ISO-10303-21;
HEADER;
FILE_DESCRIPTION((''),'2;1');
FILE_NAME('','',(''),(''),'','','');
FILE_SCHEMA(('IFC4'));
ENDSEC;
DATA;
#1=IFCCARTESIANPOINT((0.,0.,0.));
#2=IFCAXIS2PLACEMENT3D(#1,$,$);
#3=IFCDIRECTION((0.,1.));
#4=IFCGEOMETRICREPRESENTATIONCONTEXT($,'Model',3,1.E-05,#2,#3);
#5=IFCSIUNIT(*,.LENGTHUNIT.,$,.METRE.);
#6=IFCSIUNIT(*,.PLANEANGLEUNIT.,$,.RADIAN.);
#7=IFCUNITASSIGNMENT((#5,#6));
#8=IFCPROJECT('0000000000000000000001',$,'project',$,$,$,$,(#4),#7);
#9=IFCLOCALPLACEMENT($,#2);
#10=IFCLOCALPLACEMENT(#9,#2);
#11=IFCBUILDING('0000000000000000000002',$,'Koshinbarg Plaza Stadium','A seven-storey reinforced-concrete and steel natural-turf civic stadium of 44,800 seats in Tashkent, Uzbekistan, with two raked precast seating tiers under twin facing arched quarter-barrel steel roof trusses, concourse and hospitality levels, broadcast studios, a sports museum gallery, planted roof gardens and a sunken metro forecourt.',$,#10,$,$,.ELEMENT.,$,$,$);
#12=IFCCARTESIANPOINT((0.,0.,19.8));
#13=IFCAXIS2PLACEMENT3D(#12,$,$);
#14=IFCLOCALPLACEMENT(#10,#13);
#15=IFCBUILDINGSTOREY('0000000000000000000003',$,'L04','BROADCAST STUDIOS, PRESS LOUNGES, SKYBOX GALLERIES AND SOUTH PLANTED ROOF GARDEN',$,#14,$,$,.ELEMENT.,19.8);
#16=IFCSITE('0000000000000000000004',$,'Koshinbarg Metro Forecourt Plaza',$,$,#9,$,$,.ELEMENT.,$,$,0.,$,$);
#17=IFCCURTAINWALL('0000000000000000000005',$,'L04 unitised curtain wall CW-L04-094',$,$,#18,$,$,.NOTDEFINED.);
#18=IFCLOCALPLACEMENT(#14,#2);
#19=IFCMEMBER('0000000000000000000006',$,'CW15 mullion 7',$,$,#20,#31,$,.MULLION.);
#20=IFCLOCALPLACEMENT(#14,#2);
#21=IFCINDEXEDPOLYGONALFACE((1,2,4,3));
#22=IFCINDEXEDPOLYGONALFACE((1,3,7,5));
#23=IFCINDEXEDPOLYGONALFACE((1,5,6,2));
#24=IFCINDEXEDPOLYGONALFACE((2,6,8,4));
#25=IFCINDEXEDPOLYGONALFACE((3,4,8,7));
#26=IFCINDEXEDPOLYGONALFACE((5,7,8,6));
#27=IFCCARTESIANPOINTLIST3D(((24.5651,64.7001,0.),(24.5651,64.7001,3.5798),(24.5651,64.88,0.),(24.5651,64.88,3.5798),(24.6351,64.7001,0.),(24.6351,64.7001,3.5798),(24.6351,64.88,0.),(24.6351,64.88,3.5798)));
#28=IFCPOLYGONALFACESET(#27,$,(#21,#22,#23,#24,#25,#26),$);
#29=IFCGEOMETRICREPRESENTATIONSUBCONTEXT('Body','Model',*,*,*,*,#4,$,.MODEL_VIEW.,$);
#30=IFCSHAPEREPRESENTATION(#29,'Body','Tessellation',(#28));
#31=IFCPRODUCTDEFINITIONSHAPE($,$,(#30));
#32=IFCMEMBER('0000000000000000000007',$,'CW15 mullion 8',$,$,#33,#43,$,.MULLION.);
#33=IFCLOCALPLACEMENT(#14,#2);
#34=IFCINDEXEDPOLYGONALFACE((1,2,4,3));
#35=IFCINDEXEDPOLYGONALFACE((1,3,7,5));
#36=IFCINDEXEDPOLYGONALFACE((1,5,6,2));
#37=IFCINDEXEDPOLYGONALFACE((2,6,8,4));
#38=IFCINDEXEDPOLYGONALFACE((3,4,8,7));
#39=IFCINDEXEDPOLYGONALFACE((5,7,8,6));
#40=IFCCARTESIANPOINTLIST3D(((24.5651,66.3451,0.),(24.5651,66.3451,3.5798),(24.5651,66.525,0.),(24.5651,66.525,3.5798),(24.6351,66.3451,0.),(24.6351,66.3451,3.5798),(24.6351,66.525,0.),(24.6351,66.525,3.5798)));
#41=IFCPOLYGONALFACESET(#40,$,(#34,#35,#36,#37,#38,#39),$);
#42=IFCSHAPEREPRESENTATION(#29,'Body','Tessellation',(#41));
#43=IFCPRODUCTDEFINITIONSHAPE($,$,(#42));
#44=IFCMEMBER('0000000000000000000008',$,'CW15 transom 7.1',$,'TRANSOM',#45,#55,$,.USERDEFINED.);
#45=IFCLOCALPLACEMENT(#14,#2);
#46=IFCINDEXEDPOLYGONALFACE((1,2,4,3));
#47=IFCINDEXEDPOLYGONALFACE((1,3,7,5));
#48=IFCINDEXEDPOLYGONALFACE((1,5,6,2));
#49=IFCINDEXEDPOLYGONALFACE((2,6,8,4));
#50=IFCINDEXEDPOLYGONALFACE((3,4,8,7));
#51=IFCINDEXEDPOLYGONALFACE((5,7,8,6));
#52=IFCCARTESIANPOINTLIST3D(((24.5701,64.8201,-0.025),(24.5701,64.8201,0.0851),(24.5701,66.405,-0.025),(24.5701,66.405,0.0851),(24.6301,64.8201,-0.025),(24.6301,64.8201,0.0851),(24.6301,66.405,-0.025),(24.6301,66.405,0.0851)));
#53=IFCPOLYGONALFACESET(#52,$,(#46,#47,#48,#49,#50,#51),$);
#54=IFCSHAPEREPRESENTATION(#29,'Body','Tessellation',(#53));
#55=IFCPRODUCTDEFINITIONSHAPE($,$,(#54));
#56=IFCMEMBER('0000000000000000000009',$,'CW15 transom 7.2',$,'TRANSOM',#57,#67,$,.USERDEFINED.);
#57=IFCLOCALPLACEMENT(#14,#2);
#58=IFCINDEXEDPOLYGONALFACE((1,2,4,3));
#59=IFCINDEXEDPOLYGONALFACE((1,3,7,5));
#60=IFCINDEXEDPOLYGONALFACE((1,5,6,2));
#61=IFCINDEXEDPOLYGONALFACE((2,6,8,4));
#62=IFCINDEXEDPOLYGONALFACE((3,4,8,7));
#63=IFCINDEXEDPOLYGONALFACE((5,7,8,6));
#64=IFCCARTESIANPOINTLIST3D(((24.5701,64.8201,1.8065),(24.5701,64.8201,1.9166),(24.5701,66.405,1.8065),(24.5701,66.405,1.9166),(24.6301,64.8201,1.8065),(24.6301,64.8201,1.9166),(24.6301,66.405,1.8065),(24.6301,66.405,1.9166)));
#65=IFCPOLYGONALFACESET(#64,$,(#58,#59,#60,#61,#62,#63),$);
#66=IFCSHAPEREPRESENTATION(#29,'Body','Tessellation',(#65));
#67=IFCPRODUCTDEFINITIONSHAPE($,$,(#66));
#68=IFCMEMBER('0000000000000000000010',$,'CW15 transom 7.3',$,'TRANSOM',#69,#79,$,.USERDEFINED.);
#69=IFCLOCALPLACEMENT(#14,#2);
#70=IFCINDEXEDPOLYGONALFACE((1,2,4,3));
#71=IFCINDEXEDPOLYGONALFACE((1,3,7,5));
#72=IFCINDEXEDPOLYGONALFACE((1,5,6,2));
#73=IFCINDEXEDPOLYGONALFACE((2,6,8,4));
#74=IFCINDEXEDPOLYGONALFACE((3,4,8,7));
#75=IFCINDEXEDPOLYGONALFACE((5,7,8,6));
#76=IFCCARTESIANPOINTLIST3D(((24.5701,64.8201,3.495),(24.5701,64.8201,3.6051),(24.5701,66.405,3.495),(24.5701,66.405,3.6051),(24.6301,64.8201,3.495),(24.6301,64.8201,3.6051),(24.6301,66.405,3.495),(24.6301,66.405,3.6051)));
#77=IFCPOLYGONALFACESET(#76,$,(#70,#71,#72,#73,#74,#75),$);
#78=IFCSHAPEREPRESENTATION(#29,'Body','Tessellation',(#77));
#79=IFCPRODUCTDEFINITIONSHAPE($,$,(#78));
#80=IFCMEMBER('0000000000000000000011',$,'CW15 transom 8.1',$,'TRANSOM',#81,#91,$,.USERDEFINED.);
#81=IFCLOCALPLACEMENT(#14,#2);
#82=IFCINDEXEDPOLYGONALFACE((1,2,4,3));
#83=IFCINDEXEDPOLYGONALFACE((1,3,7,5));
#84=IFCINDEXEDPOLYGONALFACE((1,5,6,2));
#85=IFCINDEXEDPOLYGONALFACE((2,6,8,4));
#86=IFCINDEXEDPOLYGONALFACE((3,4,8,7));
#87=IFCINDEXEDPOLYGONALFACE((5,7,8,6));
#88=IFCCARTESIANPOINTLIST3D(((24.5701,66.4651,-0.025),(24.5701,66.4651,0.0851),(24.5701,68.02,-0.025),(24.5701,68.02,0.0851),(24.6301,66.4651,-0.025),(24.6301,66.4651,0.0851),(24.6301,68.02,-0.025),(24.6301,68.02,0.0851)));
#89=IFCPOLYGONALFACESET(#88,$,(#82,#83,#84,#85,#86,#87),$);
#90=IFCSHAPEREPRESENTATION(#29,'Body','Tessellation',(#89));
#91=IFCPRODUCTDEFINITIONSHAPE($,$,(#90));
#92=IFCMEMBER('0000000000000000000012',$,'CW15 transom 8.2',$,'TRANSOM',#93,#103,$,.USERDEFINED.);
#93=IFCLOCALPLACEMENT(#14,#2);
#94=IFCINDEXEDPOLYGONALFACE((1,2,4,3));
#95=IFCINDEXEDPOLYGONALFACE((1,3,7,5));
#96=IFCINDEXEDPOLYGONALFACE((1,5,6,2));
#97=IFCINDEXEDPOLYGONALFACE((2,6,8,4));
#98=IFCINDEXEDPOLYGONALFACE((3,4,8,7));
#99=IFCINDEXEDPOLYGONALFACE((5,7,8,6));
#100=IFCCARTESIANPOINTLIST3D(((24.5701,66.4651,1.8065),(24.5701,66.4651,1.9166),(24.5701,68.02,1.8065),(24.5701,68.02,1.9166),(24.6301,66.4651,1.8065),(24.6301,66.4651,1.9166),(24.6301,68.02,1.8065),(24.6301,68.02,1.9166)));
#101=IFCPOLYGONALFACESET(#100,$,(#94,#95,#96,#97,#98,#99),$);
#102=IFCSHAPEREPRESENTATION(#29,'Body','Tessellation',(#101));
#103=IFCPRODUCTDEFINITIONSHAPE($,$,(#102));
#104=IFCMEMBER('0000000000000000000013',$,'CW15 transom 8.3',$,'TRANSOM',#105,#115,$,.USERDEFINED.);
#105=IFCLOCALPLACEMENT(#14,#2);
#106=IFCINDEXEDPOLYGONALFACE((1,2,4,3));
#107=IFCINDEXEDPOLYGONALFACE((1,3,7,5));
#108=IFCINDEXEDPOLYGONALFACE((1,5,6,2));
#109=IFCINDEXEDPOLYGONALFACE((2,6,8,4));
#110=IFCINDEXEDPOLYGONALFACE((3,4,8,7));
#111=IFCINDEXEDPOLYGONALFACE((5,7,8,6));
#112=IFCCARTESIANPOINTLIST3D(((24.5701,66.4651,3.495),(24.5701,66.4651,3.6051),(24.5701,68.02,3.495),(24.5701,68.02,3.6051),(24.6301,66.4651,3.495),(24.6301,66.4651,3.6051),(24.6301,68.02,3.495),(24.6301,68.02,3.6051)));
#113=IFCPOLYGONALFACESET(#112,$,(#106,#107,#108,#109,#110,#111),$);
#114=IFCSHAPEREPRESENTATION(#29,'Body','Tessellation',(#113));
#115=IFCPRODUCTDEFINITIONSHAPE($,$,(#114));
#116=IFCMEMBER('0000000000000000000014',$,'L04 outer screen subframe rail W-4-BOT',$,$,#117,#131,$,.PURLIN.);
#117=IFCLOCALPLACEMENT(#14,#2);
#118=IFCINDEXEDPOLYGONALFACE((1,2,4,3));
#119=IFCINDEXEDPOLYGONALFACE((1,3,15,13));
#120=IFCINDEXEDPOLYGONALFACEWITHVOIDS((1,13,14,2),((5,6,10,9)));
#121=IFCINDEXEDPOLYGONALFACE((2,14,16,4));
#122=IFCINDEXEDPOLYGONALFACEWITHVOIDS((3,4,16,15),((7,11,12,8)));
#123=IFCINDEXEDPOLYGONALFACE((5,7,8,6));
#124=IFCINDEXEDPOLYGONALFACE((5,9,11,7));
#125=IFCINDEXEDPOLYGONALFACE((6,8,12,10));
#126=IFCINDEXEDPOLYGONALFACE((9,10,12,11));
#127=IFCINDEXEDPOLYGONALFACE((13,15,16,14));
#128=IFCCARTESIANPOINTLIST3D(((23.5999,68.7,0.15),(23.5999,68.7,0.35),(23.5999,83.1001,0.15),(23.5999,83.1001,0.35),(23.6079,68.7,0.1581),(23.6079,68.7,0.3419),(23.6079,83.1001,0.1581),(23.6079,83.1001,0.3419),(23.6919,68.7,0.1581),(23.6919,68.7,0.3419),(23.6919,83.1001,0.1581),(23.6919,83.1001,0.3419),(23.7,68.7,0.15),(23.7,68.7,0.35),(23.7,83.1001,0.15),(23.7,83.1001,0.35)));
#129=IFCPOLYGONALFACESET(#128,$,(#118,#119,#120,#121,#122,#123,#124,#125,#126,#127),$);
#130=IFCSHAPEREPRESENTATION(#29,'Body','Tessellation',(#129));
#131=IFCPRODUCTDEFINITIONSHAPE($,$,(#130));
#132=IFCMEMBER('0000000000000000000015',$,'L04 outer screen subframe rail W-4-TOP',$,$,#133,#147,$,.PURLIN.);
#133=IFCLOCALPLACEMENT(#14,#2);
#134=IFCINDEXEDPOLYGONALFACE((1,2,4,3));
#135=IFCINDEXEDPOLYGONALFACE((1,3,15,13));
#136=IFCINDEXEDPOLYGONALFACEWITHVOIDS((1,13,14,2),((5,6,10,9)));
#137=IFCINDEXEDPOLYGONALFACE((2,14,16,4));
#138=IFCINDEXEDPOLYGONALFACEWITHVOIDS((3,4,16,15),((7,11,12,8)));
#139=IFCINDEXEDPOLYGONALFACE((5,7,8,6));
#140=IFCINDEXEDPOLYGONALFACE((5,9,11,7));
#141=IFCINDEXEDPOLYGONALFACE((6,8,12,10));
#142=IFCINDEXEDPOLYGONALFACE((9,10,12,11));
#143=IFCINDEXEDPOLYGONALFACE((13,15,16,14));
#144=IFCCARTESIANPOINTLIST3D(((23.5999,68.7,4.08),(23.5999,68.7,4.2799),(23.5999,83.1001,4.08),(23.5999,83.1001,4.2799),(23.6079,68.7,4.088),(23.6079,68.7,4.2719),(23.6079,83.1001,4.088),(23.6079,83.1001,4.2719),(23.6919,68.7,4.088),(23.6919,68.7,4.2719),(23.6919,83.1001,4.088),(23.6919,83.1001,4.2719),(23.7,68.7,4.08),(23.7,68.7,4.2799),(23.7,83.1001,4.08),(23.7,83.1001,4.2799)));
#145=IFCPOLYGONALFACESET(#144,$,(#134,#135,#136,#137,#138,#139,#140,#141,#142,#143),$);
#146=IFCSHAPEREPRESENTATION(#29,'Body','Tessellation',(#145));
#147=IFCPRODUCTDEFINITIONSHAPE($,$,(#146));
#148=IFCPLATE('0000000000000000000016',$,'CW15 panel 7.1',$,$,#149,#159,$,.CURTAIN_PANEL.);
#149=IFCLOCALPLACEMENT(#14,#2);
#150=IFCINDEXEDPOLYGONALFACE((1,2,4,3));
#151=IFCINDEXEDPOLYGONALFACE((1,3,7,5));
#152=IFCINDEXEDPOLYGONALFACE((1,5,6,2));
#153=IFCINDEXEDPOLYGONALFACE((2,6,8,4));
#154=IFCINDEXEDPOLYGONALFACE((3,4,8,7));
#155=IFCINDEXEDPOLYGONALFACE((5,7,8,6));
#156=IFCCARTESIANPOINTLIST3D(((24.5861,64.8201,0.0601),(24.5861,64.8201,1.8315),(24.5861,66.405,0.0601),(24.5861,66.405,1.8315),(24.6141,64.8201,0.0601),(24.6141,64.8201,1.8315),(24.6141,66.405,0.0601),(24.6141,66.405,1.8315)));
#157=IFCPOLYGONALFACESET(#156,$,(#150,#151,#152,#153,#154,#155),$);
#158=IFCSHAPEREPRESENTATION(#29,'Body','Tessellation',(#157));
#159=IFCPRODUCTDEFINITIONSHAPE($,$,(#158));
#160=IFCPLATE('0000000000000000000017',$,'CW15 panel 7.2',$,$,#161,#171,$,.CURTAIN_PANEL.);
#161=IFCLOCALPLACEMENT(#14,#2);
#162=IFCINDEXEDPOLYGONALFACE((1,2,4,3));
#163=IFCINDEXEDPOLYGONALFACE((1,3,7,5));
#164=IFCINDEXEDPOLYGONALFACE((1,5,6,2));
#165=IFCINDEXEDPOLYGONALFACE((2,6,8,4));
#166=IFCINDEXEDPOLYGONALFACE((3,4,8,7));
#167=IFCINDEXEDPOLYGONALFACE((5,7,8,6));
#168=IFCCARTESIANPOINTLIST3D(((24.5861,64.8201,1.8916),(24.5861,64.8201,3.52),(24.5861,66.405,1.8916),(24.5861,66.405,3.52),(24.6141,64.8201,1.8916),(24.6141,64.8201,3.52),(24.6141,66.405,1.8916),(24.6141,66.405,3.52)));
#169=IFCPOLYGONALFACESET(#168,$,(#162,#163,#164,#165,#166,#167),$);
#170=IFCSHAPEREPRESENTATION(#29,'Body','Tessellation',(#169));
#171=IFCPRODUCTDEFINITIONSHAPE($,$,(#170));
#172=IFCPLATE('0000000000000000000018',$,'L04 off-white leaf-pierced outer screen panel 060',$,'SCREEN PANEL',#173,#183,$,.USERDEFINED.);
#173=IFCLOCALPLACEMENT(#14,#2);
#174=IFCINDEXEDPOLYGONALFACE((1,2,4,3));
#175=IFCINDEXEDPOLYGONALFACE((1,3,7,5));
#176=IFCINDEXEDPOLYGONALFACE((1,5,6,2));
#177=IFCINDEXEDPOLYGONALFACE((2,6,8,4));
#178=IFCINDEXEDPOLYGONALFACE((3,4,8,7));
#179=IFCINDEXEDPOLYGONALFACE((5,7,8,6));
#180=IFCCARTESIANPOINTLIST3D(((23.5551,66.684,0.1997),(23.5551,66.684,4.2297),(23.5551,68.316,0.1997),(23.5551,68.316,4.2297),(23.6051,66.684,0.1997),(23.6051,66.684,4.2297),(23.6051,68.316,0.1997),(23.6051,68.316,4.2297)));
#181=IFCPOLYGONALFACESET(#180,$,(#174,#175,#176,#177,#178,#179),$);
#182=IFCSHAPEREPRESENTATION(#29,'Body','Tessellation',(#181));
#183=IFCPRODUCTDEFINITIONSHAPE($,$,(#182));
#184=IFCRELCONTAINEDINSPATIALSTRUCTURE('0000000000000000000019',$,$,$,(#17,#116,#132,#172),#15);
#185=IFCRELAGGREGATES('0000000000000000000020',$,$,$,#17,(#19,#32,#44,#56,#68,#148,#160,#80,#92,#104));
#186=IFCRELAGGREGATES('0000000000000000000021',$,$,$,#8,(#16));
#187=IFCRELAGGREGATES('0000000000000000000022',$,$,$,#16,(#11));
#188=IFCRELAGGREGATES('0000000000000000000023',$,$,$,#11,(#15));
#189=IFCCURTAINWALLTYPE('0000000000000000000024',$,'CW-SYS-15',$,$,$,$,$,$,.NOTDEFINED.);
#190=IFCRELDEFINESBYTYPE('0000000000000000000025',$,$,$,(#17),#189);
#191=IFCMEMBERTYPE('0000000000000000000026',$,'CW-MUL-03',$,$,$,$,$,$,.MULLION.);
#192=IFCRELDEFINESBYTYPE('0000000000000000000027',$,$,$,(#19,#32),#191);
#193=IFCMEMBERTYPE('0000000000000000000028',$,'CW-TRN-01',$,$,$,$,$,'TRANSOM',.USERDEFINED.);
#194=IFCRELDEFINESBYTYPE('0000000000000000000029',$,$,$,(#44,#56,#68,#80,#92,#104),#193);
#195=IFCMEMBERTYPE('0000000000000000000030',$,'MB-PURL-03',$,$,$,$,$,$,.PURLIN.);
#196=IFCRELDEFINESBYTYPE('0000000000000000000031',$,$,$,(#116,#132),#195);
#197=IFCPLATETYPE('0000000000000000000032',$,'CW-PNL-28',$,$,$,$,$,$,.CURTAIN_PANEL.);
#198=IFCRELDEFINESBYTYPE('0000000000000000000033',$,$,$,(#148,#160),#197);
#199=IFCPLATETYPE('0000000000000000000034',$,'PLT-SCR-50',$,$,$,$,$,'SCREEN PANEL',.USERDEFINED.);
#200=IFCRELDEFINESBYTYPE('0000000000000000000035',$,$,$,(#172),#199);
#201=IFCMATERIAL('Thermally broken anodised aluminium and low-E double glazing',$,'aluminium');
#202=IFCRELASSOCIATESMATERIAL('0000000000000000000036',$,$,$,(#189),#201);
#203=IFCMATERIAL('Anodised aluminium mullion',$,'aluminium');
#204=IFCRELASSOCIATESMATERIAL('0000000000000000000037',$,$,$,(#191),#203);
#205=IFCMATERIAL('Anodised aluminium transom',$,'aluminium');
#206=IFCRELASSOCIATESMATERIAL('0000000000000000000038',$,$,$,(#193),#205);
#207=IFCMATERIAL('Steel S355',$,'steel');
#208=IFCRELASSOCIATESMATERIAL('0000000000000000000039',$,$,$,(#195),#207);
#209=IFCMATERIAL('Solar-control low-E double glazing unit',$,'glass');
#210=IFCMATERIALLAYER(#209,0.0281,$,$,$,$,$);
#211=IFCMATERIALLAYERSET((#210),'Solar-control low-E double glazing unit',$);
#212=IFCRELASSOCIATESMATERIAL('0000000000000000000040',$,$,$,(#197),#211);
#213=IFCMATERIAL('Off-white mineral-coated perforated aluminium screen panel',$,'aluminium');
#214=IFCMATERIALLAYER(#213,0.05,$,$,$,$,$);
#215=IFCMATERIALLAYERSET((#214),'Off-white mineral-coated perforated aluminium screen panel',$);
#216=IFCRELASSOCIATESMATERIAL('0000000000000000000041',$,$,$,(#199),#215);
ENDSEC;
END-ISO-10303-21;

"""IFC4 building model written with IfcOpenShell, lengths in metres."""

from ifc_helpers import new_model, si_unit, direction, frame, origin, origin_2d, place, context, subcontext, project, spatial, rectangle, hollow_rectangle, extrude, material, layer, layer_set, material_profile, profile_set, type_object, element, aggregate, save


model = new_model("IFC4")

# Units and contexts
model_context = context("Model", 3, precision=1e-05, world=origin(), true_north=direction((0.0, 1.0)))
body_context = subcontext(model_context, "Body", "Model", "MODEL_VIEW")
ifc_project = project(units=[si_unit("LENGTHUNIT", "METRE"), si_unit("PLANEANGLEUNIT", "RADIAN")], contexts=[model_context])

# Site, building, storey
site_placement = place(None, origin())
site = spatial("IfcSite", under=ifc_project, at=site_placement, Name="Koshinbarg Metro Forecourt Plaza", CompositionType="ELEMENT", RefElevation=0.0)
building_placement = place(site_placement, origin())
building = spatial("IfcBuilding", under=site, at=building_placement, Name="Koshinbarg Plaza Stadium", Description="A seven-storey reinforced-concrete and steel natural-turf civic stadium of 44,800 seats in Tashkent, Uzbekistan, with two raked precast seating tiers under twin facing arched quarter-barrel steel roof trusses, concourse and hospitality levels, broadcast studios, a sports museum gallery, planted roof gardens and a sunken metro forecourt.", CompositionType="ELEMENT")
storey_placement = place(building_placement, frame((0.0, 0.0, 19.8)))
storey = spatial("IfcBuildingStorey", under=building, at=storey_placement, Name="L04", Description="BROADCAST STUDIOS, PRESS LOUNGES, SKYBOX GALLERIES AND SOUTH PLANTED ROOF GARDEN", CompositionType="ELEMENT", Elevation=19.8)

# Curtain wall, members
ifc_material_1 = material(Name="Thermally broken anodised aluminium and low-E double glazing", Category="aluminium")
curtain_wall_type = type_object("IfcCurtainWallType", Name="CW-SYS-15", PredefinedType="NOTDEFINED", material=ifc_material_1)
curtain_wall_placement = place(storey_placement, origin())
curtain_wall = element("IfcCurtainWall", 1, at=curtain_wall_placement, inside=storey, type_object=curtain_wall_type, Name="L04 unitised curtain wall CW-L04-094", PredefinedType="NOTDEFINED")
ifc_material_2 = material(Name="Anodised aluminium mullion", Category="aluminium")
ifc_material_profile_1 = material_profile(ifc_material_2, rectangle(XDim=0.0701, YDim=0.1799, at=origin_2d()), Name="ALU 70x180")
ifc_profile_set_1 = profile_set([ifc_material_profile_1], Name="Anodised aluminium mullion")
member_type_1 = type_object("IfcMemberType", Name="CW-MUL-03", PredefinedType="MULLION", material=ifc_profile_set_1)
member_1_placement = place(storey_placement, frame((24.6001, 64.79, 0.0), z_axis=(0.0, 0.0, 1.0), x_axis=(-1.0, 0.0, 0.0)))
member_1 = element("IfcMember", 2, at=member_1_placement, type_object=member_type_1, Name="CW15 mullion 7", PredefinedType="MULLION", context=body_context, shape_type="SweptSolid", body=[
    extrude(rectangle(XDim=0.0701, YDim=0.1799, at=origin_2d()), origin(), (0.0, 0.0, 1.0), 3.5798),
])
member_2_placement = place(storey_placement, frame((24.6001, 66.4351, 0.0), z_axis=(0.0, 0.0, 1.0), x_axis=(-1.0, 0.0, 0.0)))
member_2 = element("IfcMember", 3, at=member_2_placement, type_object=member_type_1, Name="CW15 mullion 8", PredefinedType="MULLION", context=body_context, shape_type="SweptSolid", body=[
    extrude(rectangle(XDim=0.0701, YDim=0.1799, at=origin_2d()), origin(), (0.0, 0.0, 1.0), 3.5798),
])
ifc_material_3 = material(Name="Anodised aluminium transom", Category="aluminium")
ifc_material_profile_2 = material_profile(ifc_material_3, rectangle(XDim=0.0601, YDim=0.1101, at=origin_2d()), Name="ALU 60x110")
ifc_profile_set_2 = profile_set([ifc_material_profile_2], Name="Anodised aluminium transom")
member_type_2 = type_object("IfcMemberType", Name="CW-TRN-01", ElementType="TRANSOM", PredefinedType="USERDEFINED", material=ifc_profile_set_2)
member_3_placement = place(storey_placement, frame((24.6001, 64.8201, 0.03), z_axis=(0.0, 1.0, 0.0), x_axis=(-1.0, 0.0, 0.0)))
member_3 = element("IfcMember", 4, at=member_3_placement, type_object=member_type_2, Name="CW15 transom 7.1", ObjectType="TRANSOM", PredefinedType="USERDEFINED", context=body_context, shape_type="SweptSolid", body=[
    extrude(rectangle(XDim=0.0601, YDim=0.1101, at=origin_2d()), origin(), (0.0, 0.0, 1.0), 1.585),
])
member_4_placement = place(storey_placement, frame((24.6001, 64.8201, 1.8616), z_axis=(0.0, 1.0, 0.0), x_axis=(-1.0, 0.0, 0.0)))
member_4 = element("IfcMember", 5, at=member_4_placement, type_object=member_type_2, Name="CW15 transom 7.2", ObjectType="TRANSOM", PredefinedType="USERDEFINED", context=body_context, shape_type="SweptSolid", body=[
    extrude(rectangle(XDim=0.0601, YDim=0.1101, at=origin_2d()), origin(), (0.0, 0.0, 1.0), 1.585),
])
member_5_placement = place(storey_placement, frame((24.6001, 64.8201, 3.55), z_axis=(0.0, 1.0, 0.0), x_axis=(-1.0, 0.0, 0.0)))
member_5 = element("IfcMember", 6, at=member_5_placement, type_object=member_type_2, Name="CW15 transom 7.3", ObjectType="TRANSOM", PredefinedType="USERDEFINED", context=body_context, shape_type="SweptSolid", body=[
    extrude(rectangle(XDim=0.0601, YDim=0.1101, at=origin_2d()), origin(), (0.0, 0.0, 1.0), 1.585),
])
member_6_placement = place(storey_placement, frame((24.6001, 66.4651, 0.03), z_axis=(0.0, 1.0, 0.0), x_axis=(-1.0, 0.0, 0.0)))
member_6 = element("IfcMember", 7, at=member_6_placement, type_object=member_type_2, Name="CW15 transom 8.1", ObjectType="TRANSOM", PredefinedType="USERDEFINED", context=body_context, shape_type="SweptSolid", body=[
    extrude(rectangle(XDim=0.0601, YDim=0.1101, at=origin_2d()), origin(), (0.0, 0.0, 1.0), 1.5549),
])
member_7_placement = place(storey_placement, frame((24.6001, 66.4651, 1.8616), z_axis=(0.0, 1.0, 0.0), x_axis=(-1.0, 0.0, 0.0)))
member_7 = element("IfcMember", 8, at=member_7_placement, type_object=member_type_2, Name="CW15 transom 8.2", ObjectType="TRANSOM", PredefinedType="USERDEFINED", context=body_context, shape_type="SweptSolid", body=[
    extrude(rectangle(XDim=0.0601, YDim=0.1101, at=origin_2d()), origin(), (0.0, 0.0, 1.0), 1.5549),
])
member_8_placement = place(storey_placement, frame((24.6001, 66.4651, 3.55), z_axis=(0.0, 1.0, 0.0), x_axis=(-1.0, 0.0, 0.0)))
member_8 = element("IfcMember", 9, at=member_8_placement, type_object=member_type_2, Name="CW15 transom 8.3", ObjectType="TRANSOM", PredefinedType="USERDEFINED", context=body_context, shape_type="SweptSolid", body=[
    extrude(rectangle(XDim=0.0601, YDim=0.1101, at=origin_2d()), origin(), (0.0, 0.0, 1.0), 1.5549),
])

# Members
ifc_material_4 = material(Name="Steel S355", Category="steel")
ifc_material_profile_3 = material_profile(ifc_material_4, hollow_rectangle(XDim=0.1001, YDim=0.2, WallThickness=0.0081, at=origin_2d()), Name="RHS 200x100x8")
ifc_profile_set_3 = profile_set([ifc_material_profile_3], Name="Steel S355")
member_type_3 = type_object("IfcMemberType", Name="MB-PURL-03", PredefinedType="PURLIN", material=ifc_profile_set_3)
for number, where, z_axis, x_axis, name in (
    (10, (23.6499, 68.7, 0.25), (0.0, 1.0, 0.0), (-1.0, 0.0, 0.0), "L04 outer screen subframe rail W-4-BOT"),
    (11, (23.6499, 68.7, 4.1799), (0.0, 1.0, 0.0), (-1.0, 0.0, 0.0), "L04 outer screen subframe rail W-4-TOP"),
):
    element("IfcMember", number, at=place(storey_placement, frame(where, z_axis=z_axis, x_axis=x_axis)), inside=storey, type_object=member_type_3, Name=name, PredefinedType="PURLIN", context=body_context, shape_type="SweptSolid", body=[
        extrude(hollow_rectangle(XDim=0.1001, YDim=0.2, WallThickness=0.0081, at=origin_2d()), origin(), (0.0, 0.0, 1.0), 14.4001),
    ])

# Plates
ifc_material_5 = material(Name="Solar-control low-E double glazing unit", Category="glass")
ifc_layer_1 = layer(ifc_material_5, 0.0281)
ifc_layer_set_1 = layer_set([ifc_layer_1], Name="Solar-control low-E double glazing unit")
plate_type_1 = type_object("IfcPlateType", Name="CW-PNL-28", PredefinedType="CURTAIN_PANEL", material=ifc_layer_set_1)
plate_1_placement = place(storey_placement, frame((24.6001, 65.6125, 0.0601), z_axis=(0.0, 0.0, 1.0), x_axis=(0.0, 1.0, 0.0)))
plate_1 = element("IfcPlate", 12, at=plate_1_placement, type_object=plate_type_1, Name="CW15 panel 7.1", PredefinedType="CURTAIN_PANEL", context=body_context, shape_type="SweptSolid", body=[
    extrude(rectangle(XDim=1.585, YDim=0.0281, at=origin_2d()), origin(), (0.0, 0.0, 1.0), 1.7715),
])
plate_2_placement = place(storey_placement, frame((24.6001, 65.6125, 1.8916), z_axis=(0.0, 0.0, 1.0), x_axis=(0.0, 1.0, 0.0)))
plate_2 = element("IfcPlate", 13, at=plate_2_placement, type_object=plate_type_1, Name="CW15 panel 7.2", PredefinedType="CURTAIN_PANEL", context=body_context, shape_type="SweptSolid", body=[
    extrude(rectangle(XDim=1.585, YDim=0.0281, at=origin_2d()), origin(), (0.0, 0.0, 1.0), 1.6284),
])
aggregate(curtain_wall, [member_1, member_2, member_3, member_4, member_5, plate_1, plate_2, member_6, member_7, member_8])

# Plate
ifc_material_6 = material(Name="Off-white mineral-coated perforated aluminium screen panel", Category="aluminium")
ifc_layer_2 = layer(ifc_material_6, 0.05)
ifc_layer_set_2 = layer_set([ifc_layer_2], Name="Off-white mineral-coated perforated aluminium screen panel")
plate_type_2 = type_object("IfcPlateType", Name="PLT-SCR-50", ElementType="SCREEN PANEL", PredefinedType="USERDEFINED", material=ifc_layer_set_2)
plate_3_placement = place(storey_placement, frame((23.5801, 67.5, 0.1997), z_axis=(0.0, 0.0, 1.0), x_axis=(1.0, 0.0, 0.0)))
element("IfcPlate", 14, at=plate_3_placement, inside=storey, type_object=plate_type_2, Name="L04 off-white leaf-pierced outer screen panel 060", ObjectType="SCREEN PANEL", PredefinedType="USERDEFINED", context=body_context, shape_type="SweptSolid", body=[
    extrude(rectangle(XDim=0.05, YDim=1.6321, at=origin_2d()), origin(), (0.0, 0.0, 1.0), 4.03),
])

save(model, "model.ifc")
